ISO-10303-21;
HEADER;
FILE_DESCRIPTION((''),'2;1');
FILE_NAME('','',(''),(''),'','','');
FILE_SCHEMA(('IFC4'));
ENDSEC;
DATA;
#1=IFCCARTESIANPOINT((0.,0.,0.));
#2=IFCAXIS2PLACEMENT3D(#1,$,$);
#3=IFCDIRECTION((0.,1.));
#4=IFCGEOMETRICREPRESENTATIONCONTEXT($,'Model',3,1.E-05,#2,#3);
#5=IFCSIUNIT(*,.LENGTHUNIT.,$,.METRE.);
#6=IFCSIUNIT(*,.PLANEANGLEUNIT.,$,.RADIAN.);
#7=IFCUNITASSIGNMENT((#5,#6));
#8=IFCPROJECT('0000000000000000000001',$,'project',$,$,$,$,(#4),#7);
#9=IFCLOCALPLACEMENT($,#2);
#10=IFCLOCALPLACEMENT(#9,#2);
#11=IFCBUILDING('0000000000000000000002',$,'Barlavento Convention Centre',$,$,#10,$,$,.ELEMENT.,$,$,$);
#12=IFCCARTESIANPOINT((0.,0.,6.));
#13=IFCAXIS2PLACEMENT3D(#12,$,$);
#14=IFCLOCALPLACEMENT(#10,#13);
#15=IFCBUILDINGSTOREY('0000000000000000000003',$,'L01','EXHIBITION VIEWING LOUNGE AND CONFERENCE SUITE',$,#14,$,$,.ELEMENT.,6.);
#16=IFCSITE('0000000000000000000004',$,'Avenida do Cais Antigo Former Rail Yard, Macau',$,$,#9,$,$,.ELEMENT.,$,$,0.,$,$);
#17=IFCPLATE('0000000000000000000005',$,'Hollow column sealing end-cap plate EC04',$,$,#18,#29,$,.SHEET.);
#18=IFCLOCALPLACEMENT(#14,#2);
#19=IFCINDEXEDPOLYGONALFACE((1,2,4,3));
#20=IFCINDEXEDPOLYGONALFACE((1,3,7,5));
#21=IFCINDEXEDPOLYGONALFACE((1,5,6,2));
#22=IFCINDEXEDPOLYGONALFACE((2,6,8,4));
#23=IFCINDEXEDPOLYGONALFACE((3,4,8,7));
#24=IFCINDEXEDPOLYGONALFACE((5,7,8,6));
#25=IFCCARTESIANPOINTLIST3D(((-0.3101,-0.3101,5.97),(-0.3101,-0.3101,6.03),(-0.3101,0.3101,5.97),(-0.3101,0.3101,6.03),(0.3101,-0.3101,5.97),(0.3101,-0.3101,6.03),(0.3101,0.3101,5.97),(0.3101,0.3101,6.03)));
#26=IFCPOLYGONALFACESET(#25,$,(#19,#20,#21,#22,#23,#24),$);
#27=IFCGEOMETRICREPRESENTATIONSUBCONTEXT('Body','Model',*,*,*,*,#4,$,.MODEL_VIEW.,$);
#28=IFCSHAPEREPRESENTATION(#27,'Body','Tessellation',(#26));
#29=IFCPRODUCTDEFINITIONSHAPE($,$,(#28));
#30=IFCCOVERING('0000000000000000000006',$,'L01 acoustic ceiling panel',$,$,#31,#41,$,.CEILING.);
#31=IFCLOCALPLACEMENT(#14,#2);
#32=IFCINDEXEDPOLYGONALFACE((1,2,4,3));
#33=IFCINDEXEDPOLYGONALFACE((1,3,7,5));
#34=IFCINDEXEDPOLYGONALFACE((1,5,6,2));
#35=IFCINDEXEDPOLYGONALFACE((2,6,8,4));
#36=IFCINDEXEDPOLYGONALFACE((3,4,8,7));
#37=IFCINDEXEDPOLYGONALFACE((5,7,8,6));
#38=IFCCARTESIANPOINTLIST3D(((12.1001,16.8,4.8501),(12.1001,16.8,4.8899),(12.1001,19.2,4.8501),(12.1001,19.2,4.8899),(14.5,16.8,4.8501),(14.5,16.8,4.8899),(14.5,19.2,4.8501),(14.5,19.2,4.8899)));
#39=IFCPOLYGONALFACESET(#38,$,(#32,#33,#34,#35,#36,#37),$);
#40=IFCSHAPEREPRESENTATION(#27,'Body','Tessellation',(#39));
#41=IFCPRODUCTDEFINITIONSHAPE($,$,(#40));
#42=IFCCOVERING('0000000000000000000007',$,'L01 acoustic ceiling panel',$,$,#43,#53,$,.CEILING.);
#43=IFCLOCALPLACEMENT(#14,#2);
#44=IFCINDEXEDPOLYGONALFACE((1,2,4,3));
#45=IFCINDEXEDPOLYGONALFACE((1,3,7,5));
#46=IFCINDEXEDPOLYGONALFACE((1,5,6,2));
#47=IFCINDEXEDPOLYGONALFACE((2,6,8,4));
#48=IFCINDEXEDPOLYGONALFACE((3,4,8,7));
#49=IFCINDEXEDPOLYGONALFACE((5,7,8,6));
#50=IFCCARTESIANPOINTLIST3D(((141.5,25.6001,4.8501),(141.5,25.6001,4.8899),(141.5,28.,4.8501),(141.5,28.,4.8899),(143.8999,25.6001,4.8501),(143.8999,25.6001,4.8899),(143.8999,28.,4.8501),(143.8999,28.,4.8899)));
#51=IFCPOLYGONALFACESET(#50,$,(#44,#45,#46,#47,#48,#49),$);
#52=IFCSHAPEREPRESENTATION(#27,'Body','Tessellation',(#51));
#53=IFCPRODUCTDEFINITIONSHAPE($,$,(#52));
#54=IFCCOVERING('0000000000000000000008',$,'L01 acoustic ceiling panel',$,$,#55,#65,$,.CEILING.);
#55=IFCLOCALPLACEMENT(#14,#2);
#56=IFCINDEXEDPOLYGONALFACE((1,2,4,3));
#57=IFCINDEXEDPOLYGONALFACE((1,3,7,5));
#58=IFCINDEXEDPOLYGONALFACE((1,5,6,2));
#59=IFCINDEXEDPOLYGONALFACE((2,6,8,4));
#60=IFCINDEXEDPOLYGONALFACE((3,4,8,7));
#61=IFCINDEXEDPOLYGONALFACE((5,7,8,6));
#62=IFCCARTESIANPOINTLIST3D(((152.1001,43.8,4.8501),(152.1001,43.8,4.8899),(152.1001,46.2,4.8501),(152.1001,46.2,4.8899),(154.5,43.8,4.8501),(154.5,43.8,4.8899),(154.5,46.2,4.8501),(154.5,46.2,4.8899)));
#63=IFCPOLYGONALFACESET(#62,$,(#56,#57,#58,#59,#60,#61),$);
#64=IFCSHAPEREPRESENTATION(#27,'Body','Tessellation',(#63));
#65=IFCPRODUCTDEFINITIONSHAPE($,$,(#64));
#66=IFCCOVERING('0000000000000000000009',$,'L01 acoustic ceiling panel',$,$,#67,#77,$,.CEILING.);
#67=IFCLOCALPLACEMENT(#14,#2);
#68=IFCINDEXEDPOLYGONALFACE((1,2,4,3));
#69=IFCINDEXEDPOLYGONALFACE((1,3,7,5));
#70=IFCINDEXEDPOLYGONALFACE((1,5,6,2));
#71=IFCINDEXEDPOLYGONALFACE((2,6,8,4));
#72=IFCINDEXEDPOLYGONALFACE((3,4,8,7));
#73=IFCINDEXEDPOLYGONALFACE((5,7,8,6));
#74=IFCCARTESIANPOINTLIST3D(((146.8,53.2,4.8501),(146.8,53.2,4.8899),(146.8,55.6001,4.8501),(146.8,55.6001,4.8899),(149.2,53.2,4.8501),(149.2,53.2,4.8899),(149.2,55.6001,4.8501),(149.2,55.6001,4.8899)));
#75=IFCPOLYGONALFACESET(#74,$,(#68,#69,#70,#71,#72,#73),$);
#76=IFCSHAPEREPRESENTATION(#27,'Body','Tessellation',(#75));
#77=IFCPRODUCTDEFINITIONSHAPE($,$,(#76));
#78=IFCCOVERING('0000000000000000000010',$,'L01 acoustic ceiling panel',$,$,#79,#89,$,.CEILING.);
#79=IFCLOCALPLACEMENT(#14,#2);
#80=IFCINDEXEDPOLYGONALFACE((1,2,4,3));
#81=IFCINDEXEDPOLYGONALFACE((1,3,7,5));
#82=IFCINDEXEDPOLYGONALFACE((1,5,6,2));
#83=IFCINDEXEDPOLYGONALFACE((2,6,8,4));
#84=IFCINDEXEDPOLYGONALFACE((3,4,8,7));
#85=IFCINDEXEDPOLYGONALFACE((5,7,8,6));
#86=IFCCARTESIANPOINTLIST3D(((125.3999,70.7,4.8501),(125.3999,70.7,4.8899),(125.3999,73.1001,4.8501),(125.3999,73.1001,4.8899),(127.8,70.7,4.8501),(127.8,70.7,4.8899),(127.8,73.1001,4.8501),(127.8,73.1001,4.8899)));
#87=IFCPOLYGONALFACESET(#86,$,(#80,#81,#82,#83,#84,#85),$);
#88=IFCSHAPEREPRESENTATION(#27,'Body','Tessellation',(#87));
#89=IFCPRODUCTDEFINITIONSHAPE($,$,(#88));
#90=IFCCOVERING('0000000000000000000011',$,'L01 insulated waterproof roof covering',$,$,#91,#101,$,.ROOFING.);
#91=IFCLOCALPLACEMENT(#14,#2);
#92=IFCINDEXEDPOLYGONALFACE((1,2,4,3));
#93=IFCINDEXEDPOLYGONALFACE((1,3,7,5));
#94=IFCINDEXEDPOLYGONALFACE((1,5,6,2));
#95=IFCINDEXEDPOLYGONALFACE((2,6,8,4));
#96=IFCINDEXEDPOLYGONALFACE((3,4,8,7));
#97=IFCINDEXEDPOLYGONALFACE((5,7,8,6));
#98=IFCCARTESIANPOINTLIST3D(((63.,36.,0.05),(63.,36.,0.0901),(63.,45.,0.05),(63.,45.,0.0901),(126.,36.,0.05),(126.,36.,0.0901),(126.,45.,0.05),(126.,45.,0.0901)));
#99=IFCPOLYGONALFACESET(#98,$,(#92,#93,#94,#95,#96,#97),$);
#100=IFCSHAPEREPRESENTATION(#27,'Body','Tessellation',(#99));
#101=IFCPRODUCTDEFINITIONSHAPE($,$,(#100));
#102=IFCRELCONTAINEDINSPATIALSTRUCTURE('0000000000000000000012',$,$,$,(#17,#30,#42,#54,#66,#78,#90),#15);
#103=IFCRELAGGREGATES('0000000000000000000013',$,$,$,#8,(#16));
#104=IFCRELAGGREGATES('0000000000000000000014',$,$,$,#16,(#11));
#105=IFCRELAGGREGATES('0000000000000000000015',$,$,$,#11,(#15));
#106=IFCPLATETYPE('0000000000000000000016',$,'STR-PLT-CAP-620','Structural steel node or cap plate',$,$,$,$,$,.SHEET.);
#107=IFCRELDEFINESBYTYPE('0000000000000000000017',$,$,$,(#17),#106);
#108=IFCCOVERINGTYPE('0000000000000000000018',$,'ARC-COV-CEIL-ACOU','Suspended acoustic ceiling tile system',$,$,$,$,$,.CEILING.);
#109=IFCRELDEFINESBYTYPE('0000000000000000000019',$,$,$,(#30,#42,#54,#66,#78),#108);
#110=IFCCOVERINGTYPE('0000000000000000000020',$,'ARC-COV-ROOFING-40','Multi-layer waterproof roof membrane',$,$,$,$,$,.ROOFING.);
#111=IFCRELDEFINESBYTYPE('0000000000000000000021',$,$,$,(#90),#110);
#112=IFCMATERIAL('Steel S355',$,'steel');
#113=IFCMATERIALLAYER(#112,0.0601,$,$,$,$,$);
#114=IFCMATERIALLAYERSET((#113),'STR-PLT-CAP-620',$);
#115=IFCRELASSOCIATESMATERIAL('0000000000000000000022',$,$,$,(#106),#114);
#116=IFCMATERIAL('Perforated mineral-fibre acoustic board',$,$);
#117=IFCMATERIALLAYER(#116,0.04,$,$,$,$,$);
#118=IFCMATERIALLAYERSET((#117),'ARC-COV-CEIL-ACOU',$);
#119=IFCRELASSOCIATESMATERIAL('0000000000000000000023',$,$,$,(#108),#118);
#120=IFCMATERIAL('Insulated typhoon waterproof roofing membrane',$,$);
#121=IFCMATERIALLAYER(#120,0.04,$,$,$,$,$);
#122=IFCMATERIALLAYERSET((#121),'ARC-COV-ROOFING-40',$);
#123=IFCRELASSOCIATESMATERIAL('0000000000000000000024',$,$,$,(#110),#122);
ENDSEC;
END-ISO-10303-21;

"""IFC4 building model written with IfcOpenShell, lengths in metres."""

from ifc_helpers import new_model, si_unit, direction, frame, origin, origin_2d, place, context, subcontext, project, spatial, polyline, rectangle, outline, extrude, material, layer, layer_set, type_object, element, save


model = new_model("IFC4")

# Units and contexts
model_context = context("Model", 3, precision=1e-05, world=origin(), true_north=direction((0.0, 1.0)))
body_context = subcontext(model_context, "Body", "Model", "MODEL_VIEW")
ifc_project = project(units=[si_unit("LENGTHUNIT", "METRE"), si_unit("PLANEANGLEUNIT", "RADIAN")], contexts=[model_context])

# Site, building, storey
site_placement = place(None, origin())
site = spatial("IfcSite", under=ifc_project, at=site_placement, Name="Avenida do Cais Antigo Former Rail Yard, Macau", CompositionType="ELEMENT", RefElevation=0.0)
building_placement = place(site_placement, origin())
building = spatial("IfcBuilding", under=site, at=building_placement, Name="Barlavento Convention Centre", CompositionType="ELEMENT")
storey_placement = place(building_placement, frame((0.0, 0.0, 6.0)))
storey = spatial("IfcBuildingStorey", under=building, at=storey_placement, Name="L01", Description="EXHIBITION VIEWING LOUNGE AND CONFERENCE SUITE", CompositionType="ELEMENT", Elevation=6.0)

# Plate
ifc_material_1 = material(Name="Steel S355", Category="steel")
ifc_layer_1 = layer(ifc_material_1, 0.0601)
ifc_layer_set_1 = layer_set([ifc_layer_1], Name="STR-PLT-CAP-620")
plate_type = type_object("IfcPlateType", Name="STR-PLT-CAP-620", Description="Structural steel node or cap plate", PredefinedType="SHEET", material=ifc_layer_set_1)
plate_placement = place(storey_placement, frame((0.0, 0.0, 5.97), z_axis=(0.0, 0.0, 1.0), x_axis=(1.0, 0.0, 0.0)))
element("IfcPlate", 1, at=plate_placement, inside=storey, type_object=plate_type, Name="Hollow column sealing end-cap plate EC04", PredefinedType="SHEET", context=body_context, shape_type="SweptSolid", body=[
    extrude(rectangle(XDim=0.6201, YDim=0.6201, at=origin_2d()), origin(), (0.0, 0.0, 1.0), 0.0601),
])

# Coverings
ifc_material_2 = material(Name="Perforated mineral-fibre acoustic board")
ifc_layer_2 = layer(ifc_material_2, 0.04)
ifc_layer_set_2 = layer_set([ifc_layer_2], Name="ARC-COV-CEIL-ACOU")
covering_type_1 = type_object("IfcCoveringType", Name="ARC-COV-CEIL-ACOU", Description="Suspended acoustic ceiling tile system", PredefinedType="CEILING", material=ifc_layer_set_2)
covering_1_placement = place(storey_placement, frame((0.0, 0.0, 4.8501)))
element("IfcCovering", 2, at=covering_1_placement, inside=storey, type_object=covering_type_1, Name="L01 acoustic ceiling panel", PredefinedType="CEILING", context=body_context, shape_type="SweptSolid", body=[
    extrude(outline(polyline([(12.1001, 16.8), (14.5, 16.8), (14.5, 19.2), (12.1001, 19.2), (12.1001, 16.8)])), origin(), (0.0, 0.0, 1.0), 0.0398),
])
covering_2_placement = place(storey_placement, frame((0.0, 0.0, 4.8501)))
element("IfcCovering", 3, at=covering_2_placement, inside=storey, type_object=covering_type_1, Name="L01 acoustic ceiling panel", PredefinedType="CEILING", context=body_context, shape_type="SweptSolid", body=[
    extrude(outline(polyline([(141.5, 25.6001), (143.8999, 25.6001), (143.8999, 28.0), (141.5, 28.0), (141.5, 25.6001)])), origin(), (0.0, 0.0, 1.0), 0.0398),
])
covering_3_placement = place(storey_placement, frame((0.0, 0.0, 4.8501)))
element("IfcCovering", 4, at=covering_3_placement, inside=storey, type_object=covering_type_1, Name="L01 acoustic ceiling panel", PredefinedType="CEILING", context=body_context, shape_type="SweptSolid", body=[
    extrude(outline(polyline([(152.1001, 43.8), (154.5, 43.8), (154.5, 46.2), (152.1001, 46.2), (152.1001, 43.8)])), origin(), (0.0, 0.0, 1.0), 0.0398),
])
covering_4_placement = place(storey_placement, frame((0.0, 0.0, 4.8501)))
element("IfcCovering", 5, at=covering_4_placement, inside=storey, type_object=covering_type_1, Name="L01 acoustic ceiling panel", PredefinedType="CEILING", context=body_context, shape_type="SweptSolid", body=[
    extrude(outline(polyline([(146.8, 53.2), (149.2, 53.2), (149.2, 55.6001), (146.8, 55.6001), (146.8, 53.2)])), origin(), (0.0, 0.0, 1.0), 0.0398),
])
covering_5_placement = place(storey_placement, frame((0.0, 0.0, 4.8501)))
element("IfcCovering", 6, at=covering_5_placement, inside=storey, type_object=covering_type_1, Name="L01 acoustic ceiling panel", PredefinedType="CEILING", context=body_context, shape_type="SweptSolid", body=[
    extrude(outline(polyline([(125.3999, 70.7), (127.8, 70.7), (127.8, 73.1001), (125.3999, 73.1001), (125.3999, 70.7)])), origin(), (0.0, 0.0, 1.0), 0.0398),
])
ifc_material_3 = material(Name="Insulated typhoon waterproof roofing membrane")
ifc_layer_3 = layer(ifc_material_3, 0.04)
ifc_layer_set_3 = layer_set([ifc_layer_3], Name="ARC-COV-ROOFING-40")
covering_type_2 = type_object("IfcCoveringType", Name="ARC-COV-ROOFING-40", Description="Multi-layer waterproof roof membrane", PredefinedType="ROOFING", material=ifc_layer_set_3)
covering_6_placement = place(storey_placement, frame((0.0, 0.0, 0.05)))
element("IfcCovering", 7, at=covering_6_placement, inside=storey, type_object=covering_type_2, Name="L01 insulated waterproof roof covering", PredefinedType="ROOFING", context=body_context, shape_type="SweptSolid", body=[
    extrude(outline(polyline([(63.0, 36.0), (126.0, 36.0), (126.0, 45.0), (63.0, 45.0), (63.0, 36.0)])), origin(), (0.0, 0.0, 1.0), 0.04),
])

save(model, "model.ifc")
